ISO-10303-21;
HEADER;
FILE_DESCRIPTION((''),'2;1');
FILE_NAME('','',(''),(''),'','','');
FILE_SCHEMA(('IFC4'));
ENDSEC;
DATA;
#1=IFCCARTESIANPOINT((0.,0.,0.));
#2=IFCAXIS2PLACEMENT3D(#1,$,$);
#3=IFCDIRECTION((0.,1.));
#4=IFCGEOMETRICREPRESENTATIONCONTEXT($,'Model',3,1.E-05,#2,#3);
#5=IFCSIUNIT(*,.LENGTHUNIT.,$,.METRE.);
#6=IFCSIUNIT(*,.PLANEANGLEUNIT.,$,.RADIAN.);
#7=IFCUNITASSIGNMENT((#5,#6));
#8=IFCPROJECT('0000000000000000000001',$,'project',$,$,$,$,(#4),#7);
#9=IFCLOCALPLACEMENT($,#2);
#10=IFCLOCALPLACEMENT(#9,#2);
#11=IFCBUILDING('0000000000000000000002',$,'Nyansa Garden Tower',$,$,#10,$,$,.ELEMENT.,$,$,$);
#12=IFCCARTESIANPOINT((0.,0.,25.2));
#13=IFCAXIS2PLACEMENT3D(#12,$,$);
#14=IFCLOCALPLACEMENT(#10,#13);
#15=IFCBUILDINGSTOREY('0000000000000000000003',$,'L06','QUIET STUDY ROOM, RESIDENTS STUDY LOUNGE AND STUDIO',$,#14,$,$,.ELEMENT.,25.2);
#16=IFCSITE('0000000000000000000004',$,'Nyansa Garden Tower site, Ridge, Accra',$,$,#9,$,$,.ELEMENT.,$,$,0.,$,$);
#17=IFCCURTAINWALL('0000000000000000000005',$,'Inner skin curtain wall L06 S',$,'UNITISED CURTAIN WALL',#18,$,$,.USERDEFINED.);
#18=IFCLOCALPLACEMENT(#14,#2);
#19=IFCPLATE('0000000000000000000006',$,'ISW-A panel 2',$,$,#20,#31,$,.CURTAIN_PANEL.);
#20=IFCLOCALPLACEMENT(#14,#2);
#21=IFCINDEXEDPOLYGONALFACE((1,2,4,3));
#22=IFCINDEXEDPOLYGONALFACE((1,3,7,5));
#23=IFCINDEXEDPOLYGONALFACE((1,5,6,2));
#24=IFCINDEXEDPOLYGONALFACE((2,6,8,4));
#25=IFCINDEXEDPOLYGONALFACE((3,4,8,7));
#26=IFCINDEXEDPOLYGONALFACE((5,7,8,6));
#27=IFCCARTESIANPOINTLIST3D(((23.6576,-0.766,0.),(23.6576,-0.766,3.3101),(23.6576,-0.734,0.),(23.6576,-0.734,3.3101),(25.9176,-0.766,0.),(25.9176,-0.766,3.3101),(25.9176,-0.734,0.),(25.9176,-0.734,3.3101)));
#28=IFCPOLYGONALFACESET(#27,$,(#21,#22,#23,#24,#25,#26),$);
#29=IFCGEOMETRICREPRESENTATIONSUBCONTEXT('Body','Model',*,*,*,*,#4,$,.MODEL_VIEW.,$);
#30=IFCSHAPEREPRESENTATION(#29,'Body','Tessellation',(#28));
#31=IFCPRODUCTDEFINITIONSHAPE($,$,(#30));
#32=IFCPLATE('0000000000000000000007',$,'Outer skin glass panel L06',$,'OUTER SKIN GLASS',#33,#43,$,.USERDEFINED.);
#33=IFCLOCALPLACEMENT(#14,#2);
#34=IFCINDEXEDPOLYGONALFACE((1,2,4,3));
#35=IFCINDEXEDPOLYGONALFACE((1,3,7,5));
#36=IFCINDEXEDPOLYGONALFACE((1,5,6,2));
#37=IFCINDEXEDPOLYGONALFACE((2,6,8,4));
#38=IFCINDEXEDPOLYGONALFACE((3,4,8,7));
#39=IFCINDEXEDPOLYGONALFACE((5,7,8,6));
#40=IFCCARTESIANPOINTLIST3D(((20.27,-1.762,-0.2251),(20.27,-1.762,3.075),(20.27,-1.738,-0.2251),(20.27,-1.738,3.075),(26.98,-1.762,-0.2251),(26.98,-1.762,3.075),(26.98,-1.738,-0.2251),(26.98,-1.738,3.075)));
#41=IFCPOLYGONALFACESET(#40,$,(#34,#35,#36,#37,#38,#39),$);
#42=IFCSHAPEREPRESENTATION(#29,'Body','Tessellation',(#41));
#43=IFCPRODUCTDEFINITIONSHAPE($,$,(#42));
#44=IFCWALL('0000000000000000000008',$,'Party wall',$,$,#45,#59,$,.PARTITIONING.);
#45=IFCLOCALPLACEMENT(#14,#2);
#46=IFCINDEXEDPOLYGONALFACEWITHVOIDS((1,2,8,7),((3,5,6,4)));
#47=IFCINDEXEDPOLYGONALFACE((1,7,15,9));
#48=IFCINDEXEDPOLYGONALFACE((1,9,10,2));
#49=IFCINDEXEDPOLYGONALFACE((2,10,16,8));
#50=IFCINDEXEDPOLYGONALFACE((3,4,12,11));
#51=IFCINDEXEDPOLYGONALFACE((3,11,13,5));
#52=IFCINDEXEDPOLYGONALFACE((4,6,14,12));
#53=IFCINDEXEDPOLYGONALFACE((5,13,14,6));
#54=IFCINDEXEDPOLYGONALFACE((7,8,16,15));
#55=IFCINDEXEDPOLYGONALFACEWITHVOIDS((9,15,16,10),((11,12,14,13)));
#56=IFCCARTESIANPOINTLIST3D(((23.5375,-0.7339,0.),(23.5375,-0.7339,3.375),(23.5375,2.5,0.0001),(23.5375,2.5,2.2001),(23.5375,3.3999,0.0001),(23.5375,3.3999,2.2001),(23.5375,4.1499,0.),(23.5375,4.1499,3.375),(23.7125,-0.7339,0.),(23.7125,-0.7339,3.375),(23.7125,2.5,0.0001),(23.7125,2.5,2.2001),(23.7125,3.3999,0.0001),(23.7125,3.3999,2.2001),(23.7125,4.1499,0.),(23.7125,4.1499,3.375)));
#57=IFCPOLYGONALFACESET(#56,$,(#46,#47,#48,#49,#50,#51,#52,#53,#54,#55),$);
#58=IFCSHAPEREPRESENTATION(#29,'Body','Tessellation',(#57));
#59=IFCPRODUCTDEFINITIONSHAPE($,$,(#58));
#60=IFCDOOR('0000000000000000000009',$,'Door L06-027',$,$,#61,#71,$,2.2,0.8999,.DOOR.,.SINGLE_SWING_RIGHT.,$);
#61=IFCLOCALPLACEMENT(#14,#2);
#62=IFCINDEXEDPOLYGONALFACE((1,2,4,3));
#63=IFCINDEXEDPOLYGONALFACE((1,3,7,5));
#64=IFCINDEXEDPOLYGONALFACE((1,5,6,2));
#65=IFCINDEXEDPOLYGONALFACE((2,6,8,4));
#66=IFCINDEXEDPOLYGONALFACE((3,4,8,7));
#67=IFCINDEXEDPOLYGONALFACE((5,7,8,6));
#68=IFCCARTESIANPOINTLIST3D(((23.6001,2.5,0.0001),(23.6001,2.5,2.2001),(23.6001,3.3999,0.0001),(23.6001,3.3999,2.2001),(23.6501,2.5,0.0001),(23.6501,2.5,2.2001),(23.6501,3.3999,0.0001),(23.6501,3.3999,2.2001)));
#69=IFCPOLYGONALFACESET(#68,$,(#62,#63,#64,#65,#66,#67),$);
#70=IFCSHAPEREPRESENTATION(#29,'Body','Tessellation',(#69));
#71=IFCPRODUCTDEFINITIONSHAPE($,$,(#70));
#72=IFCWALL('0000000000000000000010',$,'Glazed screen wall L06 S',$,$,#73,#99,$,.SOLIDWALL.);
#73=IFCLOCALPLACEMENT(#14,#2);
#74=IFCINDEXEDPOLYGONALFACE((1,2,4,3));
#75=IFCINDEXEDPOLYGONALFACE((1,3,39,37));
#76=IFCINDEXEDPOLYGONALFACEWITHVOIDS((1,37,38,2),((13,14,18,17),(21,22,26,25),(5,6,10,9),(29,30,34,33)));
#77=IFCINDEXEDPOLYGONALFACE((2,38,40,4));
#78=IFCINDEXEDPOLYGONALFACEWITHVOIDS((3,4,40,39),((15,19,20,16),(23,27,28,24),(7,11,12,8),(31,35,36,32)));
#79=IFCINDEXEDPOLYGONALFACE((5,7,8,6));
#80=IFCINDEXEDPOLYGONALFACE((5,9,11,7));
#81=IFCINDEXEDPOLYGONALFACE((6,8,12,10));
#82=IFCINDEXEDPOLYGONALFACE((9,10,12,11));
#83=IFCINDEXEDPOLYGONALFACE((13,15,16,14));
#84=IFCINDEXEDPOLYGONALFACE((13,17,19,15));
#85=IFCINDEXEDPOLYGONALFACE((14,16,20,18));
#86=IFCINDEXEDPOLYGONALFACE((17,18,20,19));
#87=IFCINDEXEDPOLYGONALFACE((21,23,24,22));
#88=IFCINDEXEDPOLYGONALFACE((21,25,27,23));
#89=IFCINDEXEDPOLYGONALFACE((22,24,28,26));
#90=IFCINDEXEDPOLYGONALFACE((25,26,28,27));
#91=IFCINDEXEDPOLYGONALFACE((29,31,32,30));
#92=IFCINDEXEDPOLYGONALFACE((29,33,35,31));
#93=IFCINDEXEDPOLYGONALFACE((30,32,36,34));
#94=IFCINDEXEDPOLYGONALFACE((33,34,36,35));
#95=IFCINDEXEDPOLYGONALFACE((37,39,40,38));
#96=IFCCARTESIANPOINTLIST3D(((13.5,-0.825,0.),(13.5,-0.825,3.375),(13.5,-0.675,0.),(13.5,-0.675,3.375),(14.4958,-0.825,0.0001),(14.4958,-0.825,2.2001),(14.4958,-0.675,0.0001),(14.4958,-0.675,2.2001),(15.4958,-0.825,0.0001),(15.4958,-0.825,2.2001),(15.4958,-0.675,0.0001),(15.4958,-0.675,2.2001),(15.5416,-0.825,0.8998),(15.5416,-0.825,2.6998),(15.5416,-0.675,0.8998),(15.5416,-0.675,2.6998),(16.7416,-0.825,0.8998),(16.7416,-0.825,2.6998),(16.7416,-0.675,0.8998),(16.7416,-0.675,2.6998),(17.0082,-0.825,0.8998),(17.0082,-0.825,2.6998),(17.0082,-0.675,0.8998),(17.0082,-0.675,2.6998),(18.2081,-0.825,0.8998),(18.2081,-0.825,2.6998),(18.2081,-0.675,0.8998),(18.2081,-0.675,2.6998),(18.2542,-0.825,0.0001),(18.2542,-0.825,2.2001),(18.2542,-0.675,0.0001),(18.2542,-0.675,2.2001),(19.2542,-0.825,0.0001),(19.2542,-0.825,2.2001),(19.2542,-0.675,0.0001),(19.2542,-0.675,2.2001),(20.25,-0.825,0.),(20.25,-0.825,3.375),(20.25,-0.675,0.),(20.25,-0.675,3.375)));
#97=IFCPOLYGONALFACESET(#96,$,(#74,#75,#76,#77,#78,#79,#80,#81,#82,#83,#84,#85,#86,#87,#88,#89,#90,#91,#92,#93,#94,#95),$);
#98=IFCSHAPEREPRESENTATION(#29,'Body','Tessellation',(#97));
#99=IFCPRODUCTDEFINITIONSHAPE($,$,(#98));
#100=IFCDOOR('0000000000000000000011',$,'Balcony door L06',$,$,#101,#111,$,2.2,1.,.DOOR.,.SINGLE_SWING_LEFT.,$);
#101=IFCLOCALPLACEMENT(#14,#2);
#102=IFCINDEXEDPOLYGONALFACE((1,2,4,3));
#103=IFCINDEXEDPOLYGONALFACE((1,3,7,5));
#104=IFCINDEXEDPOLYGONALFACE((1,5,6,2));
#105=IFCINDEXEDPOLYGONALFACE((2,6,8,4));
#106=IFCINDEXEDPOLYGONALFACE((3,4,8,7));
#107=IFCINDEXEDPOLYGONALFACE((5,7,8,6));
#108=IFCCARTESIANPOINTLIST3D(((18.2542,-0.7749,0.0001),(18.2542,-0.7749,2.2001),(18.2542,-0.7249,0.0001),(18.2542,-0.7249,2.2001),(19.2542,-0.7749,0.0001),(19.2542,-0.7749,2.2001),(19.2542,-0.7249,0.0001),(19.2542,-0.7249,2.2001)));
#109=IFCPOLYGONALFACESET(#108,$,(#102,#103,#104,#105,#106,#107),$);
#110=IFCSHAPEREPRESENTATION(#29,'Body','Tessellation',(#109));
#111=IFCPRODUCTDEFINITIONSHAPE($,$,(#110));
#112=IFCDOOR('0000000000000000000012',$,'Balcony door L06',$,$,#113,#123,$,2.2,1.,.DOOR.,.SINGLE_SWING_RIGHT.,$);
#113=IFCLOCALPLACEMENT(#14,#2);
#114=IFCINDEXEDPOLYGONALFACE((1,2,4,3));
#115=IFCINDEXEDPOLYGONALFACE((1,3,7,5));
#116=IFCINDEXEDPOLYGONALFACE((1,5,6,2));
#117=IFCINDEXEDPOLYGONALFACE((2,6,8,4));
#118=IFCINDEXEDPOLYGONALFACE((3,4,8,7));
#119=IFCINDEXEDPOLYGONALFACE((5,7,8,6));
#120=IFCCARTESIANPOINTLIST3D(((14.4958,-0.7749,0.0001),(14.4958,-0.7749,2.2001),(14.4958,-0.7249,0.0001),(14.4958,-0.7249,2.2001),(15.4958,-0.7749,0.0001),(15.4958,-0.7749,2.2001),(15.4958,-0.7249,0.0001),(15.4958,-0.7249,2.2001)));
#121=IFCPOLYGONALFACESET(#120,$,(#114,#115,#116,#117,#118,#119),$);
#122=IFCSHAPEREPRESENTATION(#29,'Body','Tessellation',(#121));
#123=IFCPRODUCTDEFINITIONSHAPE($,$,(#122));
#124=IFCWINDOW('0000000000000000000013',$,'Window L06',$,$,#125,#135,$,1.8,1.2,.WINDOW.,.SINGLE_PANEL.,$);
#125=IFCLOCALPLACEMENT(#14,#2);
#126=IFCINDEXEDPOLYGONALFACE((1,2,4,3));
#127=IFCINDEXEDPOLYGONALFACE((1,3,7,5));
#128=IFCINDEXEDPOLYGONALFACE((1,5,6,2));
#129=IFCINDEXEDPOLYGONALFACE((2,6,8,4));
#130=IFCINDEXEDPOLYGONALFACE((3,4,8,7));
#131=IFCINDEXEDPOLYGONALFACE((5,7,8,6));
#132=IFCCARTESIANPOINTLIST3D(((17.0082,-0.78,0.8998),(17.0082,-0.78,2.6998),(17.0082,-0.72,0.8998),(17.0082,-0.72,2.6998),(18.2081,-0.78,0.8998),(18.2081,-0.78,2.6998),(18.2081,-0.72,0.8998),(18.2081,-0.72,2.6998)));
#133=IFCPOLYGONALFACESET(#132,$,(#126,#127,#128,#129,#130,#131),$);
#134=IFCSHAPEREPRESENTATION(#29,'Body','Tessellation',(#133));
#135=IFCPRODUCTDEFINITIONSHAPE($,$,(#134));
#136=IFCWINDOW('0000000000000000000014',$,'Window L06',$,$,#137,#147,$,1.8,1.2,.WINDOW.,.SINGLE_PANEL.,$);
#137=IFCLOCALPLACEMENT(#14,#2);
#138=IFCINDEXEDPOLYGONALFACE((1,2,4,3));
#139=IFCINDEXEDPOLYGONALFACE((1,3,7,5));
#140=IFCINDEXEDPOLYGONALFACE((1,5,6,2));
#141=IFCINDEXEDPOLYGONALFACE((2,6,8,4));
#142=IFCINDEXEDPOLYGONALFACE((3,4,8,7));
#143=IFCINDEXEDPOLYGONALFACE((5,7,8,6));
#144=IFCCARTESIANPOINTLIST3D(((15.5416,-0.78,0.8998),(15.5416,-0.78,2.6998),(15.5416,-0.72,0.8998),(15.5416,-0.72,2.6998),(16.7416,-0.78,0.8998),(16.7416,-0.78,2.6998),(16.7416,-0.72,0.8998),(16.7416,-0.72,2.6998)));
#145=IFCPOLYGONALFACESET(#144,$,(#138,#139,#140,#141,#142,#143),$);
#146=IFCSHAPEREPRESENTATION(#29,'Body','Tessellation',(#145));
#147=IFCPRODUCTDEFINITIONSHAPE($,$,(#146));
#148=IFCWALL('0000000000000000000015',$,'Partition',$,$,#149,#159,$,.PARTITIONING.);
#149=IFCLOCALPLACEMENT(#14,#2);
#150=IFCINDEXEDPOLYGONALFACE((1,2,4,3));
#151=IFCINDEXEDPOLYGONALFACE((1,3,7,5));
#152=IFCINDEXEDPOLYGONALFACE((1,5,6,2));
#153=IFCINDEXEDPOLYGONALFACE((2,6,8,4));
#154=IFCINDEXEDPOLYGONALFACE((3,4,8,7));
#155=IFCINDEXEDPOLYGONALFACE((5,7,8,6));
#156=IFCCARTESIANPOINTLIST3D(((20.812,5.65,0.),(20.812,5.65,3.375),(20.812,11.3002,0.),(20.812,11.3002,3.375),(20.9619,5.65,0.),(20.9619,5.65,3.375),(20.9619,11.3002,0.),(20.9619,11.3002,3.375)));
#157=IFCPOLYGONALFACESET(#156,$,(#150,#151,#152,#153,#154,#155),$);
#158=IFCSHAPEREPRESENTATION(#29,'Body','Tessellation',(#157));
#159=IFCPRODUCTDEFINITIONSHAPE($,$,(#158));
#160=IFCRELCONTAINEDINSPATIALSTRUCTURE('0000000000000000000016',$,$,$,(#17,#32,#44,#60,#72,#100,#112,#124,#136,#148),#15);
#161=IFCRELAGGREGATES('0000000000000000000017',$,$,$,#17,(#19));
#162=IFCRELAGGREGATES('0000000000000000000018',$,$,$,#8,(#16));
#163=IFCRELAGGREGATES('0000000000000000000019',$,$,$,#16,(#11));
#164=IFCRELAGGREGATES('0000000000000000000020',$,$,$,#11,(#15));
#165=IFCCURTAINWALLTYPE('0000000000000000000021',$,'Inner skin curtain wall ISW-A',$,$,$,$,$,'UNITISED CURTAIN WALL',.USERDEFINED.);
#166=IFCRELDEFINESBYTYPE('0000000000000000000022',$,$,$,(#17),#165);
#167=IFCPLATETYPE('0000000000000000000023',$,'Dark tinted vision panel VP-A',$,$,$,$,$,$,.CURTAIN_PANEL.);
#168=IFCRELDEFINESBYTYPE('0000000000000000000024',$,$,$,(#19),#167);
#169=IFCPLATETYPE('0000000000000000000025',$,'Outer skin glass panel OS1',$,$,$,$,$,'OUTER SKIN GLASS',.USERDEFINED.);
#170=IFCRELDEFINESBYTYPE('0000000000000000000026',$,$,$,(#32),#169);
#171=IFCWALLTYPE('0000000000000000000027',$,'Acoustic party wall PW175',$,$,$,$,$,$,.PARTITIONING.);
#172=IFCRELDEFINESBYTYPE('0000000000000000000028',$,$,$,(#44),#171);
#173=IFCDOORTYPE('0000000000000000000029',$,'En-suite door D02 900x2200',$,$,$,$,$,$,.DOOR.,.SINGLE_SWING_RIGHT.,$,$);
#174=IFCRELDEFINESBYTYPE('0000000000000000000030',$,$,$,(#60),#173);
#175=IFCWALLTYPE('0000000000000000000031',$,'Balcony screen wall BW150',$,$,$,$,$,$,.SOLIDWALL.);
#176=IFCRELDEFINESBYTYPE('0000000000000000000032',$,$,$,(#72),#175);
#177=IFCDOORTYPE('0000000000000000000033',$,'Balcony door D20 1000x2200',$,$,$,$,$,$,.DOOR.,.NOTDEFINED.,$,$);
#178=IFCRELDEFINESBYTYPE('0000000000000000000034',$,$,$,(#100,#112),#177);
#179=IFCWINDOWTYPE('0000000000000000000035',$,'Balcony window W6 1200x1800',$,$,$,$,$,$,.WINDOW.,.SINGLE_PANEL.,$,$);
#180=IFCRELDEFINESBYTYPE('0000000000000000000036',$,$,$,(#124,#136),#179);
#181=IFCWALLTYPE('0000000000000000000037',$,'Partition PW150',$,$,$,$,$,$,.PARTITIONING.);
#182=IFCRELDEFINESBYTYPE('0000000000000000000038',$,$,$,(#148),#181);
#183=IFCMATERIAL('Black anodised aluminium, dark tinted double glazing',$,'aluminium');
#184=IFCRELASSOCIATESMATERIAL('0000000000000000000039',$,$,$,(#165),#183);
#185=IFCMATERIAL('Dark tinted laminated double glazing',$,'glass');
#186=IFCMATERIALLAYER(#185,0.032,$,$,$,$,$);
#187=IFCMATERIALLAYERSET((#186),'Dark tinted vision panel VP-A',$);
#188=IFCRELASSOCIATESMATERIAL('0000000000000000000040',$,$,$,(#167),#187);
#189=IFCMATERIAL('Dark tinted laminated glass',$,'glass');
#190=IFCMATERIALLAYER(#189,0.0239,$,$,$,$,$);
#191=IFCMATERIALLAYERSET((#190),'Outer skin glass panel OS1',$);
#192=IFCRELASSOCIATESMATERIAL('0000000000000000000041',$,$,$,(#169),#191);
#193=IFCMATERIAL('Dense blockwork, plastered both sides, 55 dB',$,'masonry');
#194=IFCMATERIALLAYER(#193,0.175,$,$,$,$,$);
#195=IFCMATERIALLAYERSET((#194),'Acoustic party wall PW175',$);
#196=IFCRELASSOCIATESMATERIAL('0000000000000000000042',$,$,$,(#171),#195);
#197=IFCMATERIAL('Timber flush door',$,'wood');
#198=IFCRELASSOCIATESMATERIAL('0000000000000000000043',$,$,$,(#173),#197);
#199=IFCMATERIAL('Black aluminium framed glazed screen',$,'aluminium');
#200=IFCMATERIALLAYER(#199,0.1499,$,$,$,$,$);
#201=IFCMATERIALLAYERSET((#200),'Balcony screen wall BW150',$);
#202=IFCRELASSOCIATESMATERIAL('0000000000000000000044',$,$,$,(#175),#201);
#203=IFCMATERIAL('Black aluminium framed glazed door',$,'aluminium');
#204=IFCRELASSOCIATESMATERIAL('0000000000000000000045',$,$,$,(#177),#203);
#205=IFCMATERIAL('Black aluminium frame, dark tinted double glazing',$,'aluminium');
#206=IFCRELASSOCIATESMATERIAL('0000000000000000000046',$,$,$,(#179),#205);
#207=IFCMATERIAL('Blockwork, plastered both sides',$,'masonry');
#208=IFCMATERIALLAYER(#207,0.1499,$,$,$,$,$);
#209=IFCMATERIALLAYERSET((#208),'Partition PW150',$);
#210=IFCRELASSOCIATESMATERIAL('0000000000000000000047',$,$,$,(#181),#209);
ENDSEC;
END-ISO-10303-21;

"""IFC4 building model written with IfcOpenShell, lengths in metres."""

from ifc_helpers import new_model, si_unit, direction, frame, frame_2d, origin, origin_2d, place, context, subcontext, project, spatial, rectangle, extrude, material, layer, layer_set, type_object, element, fill, aggregate, save


model = new_model("IFC4")

# Units and contexts
model_context = context("Model", 3, precision=1e-05, world=origin(), true_north=direction((0.0, 1.0)))
body_context = subcontext(model_context, "Body", "Model", "MODEL_VIEW")
ifc_project = project(units=[si_unit("LENGTHUNIT", "METRE"), si_unit("PLANEANGLEUNIT", "RADIAN")], contexts=[model_context])

# Site, building, storey
site_placement = place(None, origin())
site = spatial("IfcSite", under=ifc_project, at=site_placement, Name="Nyansa Garden Tower site, Ridge, Accra", CompositionType="ELEMENT", RefElevation=0.0)
building_placement = place(site_placement, origin())
building = spatial("IfcBuilding", under=site, at=building_placement, Name="Nyansa Garden Tower", CompositionType="ELEMENT")
storey_placement = place(building_placement, frame((0.0, 0.0, 25.2)))
storey = spatial("IfcBuildingStorey", under=building, at=storey_placement, Name="L06", Description="QUIET STUDY ROOM, RESIDENTS STUDY LOUNGE AND STUDIO", CompositionType="ELEMENT", Elevation=25.2)

# Curtain wall
ifc_material_1 = material(Name="Black anodised aluminium, dark tinted double glazing", Category="aluminium")
curtain_wall_type = type_object("IfcCurtainWallType", Name="Inner skin curtain wall ISW-A", ElementType="UNITISED CURTAIN WALL", PredefinedType="USERDEFINED", material=ifc_material_1)
curtain_wall_placement = place(storey_placement, origin())
curtain_wall = element("IfcCurtainWall", 1, at=curtain_wall_placement, inside=storey, type_object=curtain_wall_type, Name="Inner skin curtain wall L06 S", ObjectType="UNITISED CURTAIN WALL", PredefinedType="USERDEFINED")

# Plates
ifc_material_2 = material(Name="Dark tinted laminated double glazing", Category="glass")
ifc_layer_1 = layer(ifc_material_2, 0.032)
ifc_layer_set_1 = layer_set([ifc_layer_1], Name="Dark tinted vision panel VP-A")
plate_type_1 = type_object("IfcPlateType", Name="Dark tinted vision panel VP-A", PredefinedType="CURTAIN_PANEL", material=ifc_layer_set_1)
plate_1_placement = place(storey_placement, frame((24.7876, -0.75, 0.0), z_axis=(0.0, 0.0, 1.0), x_axis=(1.0, 0.0, 0.0)))
plate_1 = element("IfcPlate", 2, at=plate_1_placement, type_object=plate_type_1, Name="ISW-A panel 2", PredefinedType="CURTAIN_PANEL", context=body_context, shape_type="SweptSolid", body=[
    extrude(rectangle(XDim=2.26, YDim=0.032, at=origin_2d()), origin(), (0.0, 0.0, 1.0), 3.3101),
])
aggregate(curtain_wall, [plate_1])
ifc_material_3 = material(Name="Dark tinted laminated glass", Category="glass")
ifc_layer_2 = layer(ifc_material_3, 0.0239)
ifc_layer_set_2 = layer_set([ifc_layer_2], Name="Outer skin glass panel OS1")
plate_type_2 = type_object("IfcPlateType", Name="Outer skin glass panel OS1", ElementType="OUTER SKIN GLASS", PredefinedType="USERDEFINED", material=ifc_layer_set_2)
plate_2_placement = place(storey_placement, frame((23.625, -1.75, -0.2251), z_axis=(0.0, 0.0, 1.0), x_axis=(1.0, 0.0, 0.0)))
element("IfcPlate", 3, at=plate_2_placement, inside=storey, type_object=plate_type_2, Name="Outer skin glass panel L06", ObjectType="OUTER SKIN GLASS", PredefinedType="USERDEFINED", context=body_context, shape_type="SweptSolid", body=[
    extrude(rectangle(XDim=6.71, YDim=0.0239, at=origin_2d()), origin(), (0.0, 0.0, 1.0), 3.3),
])

# Wall, opening, door
ifc_material_4 = material(Name="Dense blockwork, plastered both sides, 55 dB", Category="masonry")
ifc_layer_3 = layer(ifc_material_4, 0.175)
ifc_layer_set_3 = layer_set([ifc_layer_3], Name="Acoustic party wall PW175")
wall_type_1 = type_object("IfcWallType", Name="Acoustic party wall PW175", PredefinedType="PARTITIONING", material=ifc_layer_set_3)
wall_1_placement = place(storey_placement, frame((23.625, -0.7339, 0.0), z_axis=(0.0, 0.0, 1.0), x_axis=(0.0, 1.0, 0.0)))
wall_1 = element("IfcWall", 4, at=wall_1_placement, inside=storey, type_object=wall_type_1, Name="Party wall", PredefinedType="PARTITIONING", context=body_context, shape_type="SweptSolid", body=[
    extrude(rectangle(XDim=4.8838, YDim=0.175, at=frame_2d((2.4419, 0.0))), origin(), (0.0, 0.0, 1.0), 3.375),
])
opening_1_placement = place(wall_1_placement, frame((3.2339, 0.0, 0.0)))
opening_1 = element("IfcOpeningElement", 5, at=opening_1_placement, cuts=wall_1, PredefinedType="OPENING", context=body_context, shape_type="SweptSolid", body=[
    extrude(rectangle(XDim=0.8999, YDim=2.2, at=frame_2d((0.45, 1.1001))), frame((0.0, 0.0974, 0.0), z_axis=(0.0, -1.0, 0.0), x_axis=(1.0, 0.0, 0.0)), (0.0, 0.0, 1.0), 0.1951),
])
ifc_material_5 = material(Name="Timber flush door", Category="wood")
door_type_1 = type_object("IfcDoorType", Name="En-suite door D02 900x2200", OperationType="SINGLE_SWING_RIGHT", PredefinedType="DOOR", material=ifc_material_5)
door_1_placement = place(opening_1_placement, origin())
door_1 = element("IfcDoor", 6, at=door_1_placement, inside=storey, type_object=door_type_1, Name="Door L06-027", OperationType="SINGLE_SWING_RIGHT", OverallHeight=2.2, OverallWidth=0.8999, PredefinedType="DOOR", context=body_context, shape_type="SweptSolid", body=[
    extrude(rectangle(XDim=0.8999, YDim=2.2, at=frame_2d((0.45, 1.1001))), frame((0.0, 0.0249, 0.0), z_axis=(0.0, -1.0, 0.0), x_axis=(1.0, 0.0, 0.0)), (0.0, 0.0, 1.0), 0.05),
])
fill(opening_1, door_1)

# Wall, openings, doors, windows
ifc_material_6 = material(Name="Black aluminium framed glazed screen", Category="aluminium")
ifc_layer_4 = layer(ifc_material_6, 0.1499)
ifc_layer_set_4 = layer_set([ifc_layer_4], Name="Balcony screen wall BW150")
wall_type_2 = type_object("IfcWallType", Name="Balcony screen wall BW150", PredefinedType="SOLIDWALL", material=ifc_layer_set_4)
wall_2_placement = place(storey_placement, frame((20.25, -0.75, 0.0), z_axis=(0.0, 0.0, 1.0), x_axis=(-1.0, 0.0, 0.0)))
wall_2 = element("IfcWall", 7, at=wall_2_placement, inside=storey, type_object=wall_type_2, Name="Glazed screen wall L06 S", PredefinedType="SOLIDWALL", context=body_context, shape_type="SweptSolid", body=[
    extrude(rectangle(XDim=6.75, YDim=0.1499, at=frame_2d((3.375, 0.0))), origin(), (0.0, 0.0, 1.0), 3.375),
])
opening_2_placement = place(wall_2_placement, frame((0.9958, 0.0, 0.0)))
opening_2 = element("IfcOpeningElement", 8, at=opening_2_placement, cuts=wall_2, PredefinedType="OPENING", context=body_context, shape_type="SweptSolid", body=[
    extrude(rectangle(XDim=1.0, YDim=2.2, at=frame_2d((0.5, 1.1001))), frame((0.0, 0.085, 0.0), z_axis=(0.0, -1.0, 0.0), x_axis=(1.0, 0.0, 0.0)), (0.0, 0.0, 1.0), 0.1699),
])
opening_3_placement = place(wall_2_placement, frame((2.0417, 0.0, 0.8999)))
opening_3 = element("IfcOpeningElement", 9, at=opening_3_placement, cuts=wall_2, PredefinedType="OPENING", context=body_context, shape_type="SweptSolid", body=[
    extrude(rectangle(XDim=1.2, YDim=1.8, at=frame_2d((0.6001, 0.8999))), frame((0.0, 0.085, 0.0), z_axis=(0.0, -1.0, 0.0), x_axis=(1.0, 0.0, 0.0)), (0.0, 0.0, 1.0), 0.1699),
])
opening_4_placement = place(wall_2_placement, frame((4.7542, 0.0, 0.0)))
opening_4 = element("IfcOpeningElement", 10, at=opening_4_placement, cuts=wall_2, PredefinedType="OPENING", context=body_context, shape_type="SweptSolid", body=[
    extrude(rectangle(XDim=1.0, YDim=2.2, at=frame_2d((0.5, 1.1001))), frame((0.0, 0.085, 0.0), z_axis=(0.0, -1.0, 0.0), x_axis=(1.0, 0.0, 0.0)), (0.0, 0.0, 1.0), 0.1699),
])
opening_5_placement = place(wall_2_placement, frame((3.5083, 0.0, 0.8999)))
opening_5 = element("IfcOpeningElement", 11, at=opening_5_placement, cuts=wall_2, PredefinedType="OPENING", context=body_context, shape_type="SweptSolid", body=[
    extrude(rectangle(XDim=1.2, YDim=1.8, at=frame_2d((0.6001, 0.8999))), frame((0.0, 0.085, 0.0), z_axis=(0.0, -1.0, 0.0), x_axis=(1.0, 0.0, 0.0)), (0.0, 0.0, 1.0), 0.1699),
])
ifc_material_7 = material(Name="Black aluminium framed glazed door", Category="aluminium")
door_type_2 = type_object("IfcDoorType", Name="Balcony door D20 1000x2200", OperationType="NOTDEFINED", PredefinedType="DOOR", material=ifc_material_7)
door_2_placement = place(opening_2_placement, origin())
door_2 = element("IfcDoor", 12, at=door_2_placement, inside=storey, type_object=door_type_2, Name="Balcony door L06", OperationType="SINGLE_SWING_LEFT", OverallHeight=2.2, OverallWidth=1.0, PredefinedType="DOOR", context=body_context, shape_type="SweptSolid", body=[
    extrude(rectangle(XDim=1.0, YDim=2.2, at=frame_2d((0.5, 1.1001))), frame((0.0, 0.0249, 0.0), z_axis=(0.0, -1.0, 0.0), x_axis=(1.0, 0.0, 0.0)), (0.0, 0.0, 1.0), 0.05),
])
fill(opening_2, door_2)
door_3_placement = place(opening_4_placement, origin())
door_3 = element("IfcDoor", 13, at=door_3_placement, inside=storey, type_object=door_type_2, Name="Balcony door L06", OperationType="SINGLE_SWING_RIGHT", OverallHeight=2.2, OverallWidth=1.0, PredefinedType="DOOR", context=body_context, shape_type="SweptSolid", body=[
    extrude(rectangle(XDim=1.0, YDim=2.2, at=frame_2d((0.5, 1.1001))), frame((0.0, 0.0249, 0.0), z_axis=(0.0, -1.0, 0.0), x_axis=(1.0, 0.0, 0.0)), (0.0, 0.0, 1.0), 0.05),
])
fill(opening_4, door_3)
ifc_material_8 = material(Name="Black aluminium frame, dark tinted double glazing", Category="aluminium")
window_type = type_object("IfcWindowType", Name="Balcony window W6 1200x1800", PartitioningType="SINGLE_PANEL", PredefinedType="WINDOW", material=ifc_material_8)
window_1_placement = place(opening_3_placement, origin())
window_1 = element("IfcWindow", 14, at=window_1_placement, inside=storey, type_object=window_type, Name="Window L06", OverallHeight=1.8, OverallWidth=1.2, PartitioningType="SINGLE_PANEL", PredefinedType="WINDOW", context=body_context, shape_type="SweptSolid", body=[
    extrude(rectangle(XDim=1.2, YDim=1.8, at=frame_2d((0.6001, 0.8999))), frame((0.0, 0.03, 0.0), z_axis=(0.0, -1.0, 0.0), x_axis=(1.0, 0.0, 0.0)), (0.0, 0.0, 1.0), 0.0601),
])
fill(opening_3, window_1)
window_2_placement = place(opening_5_placement, origin())
window_2 = element("IfcWindow", 15, at=window_2_placement, inside=storey, type_object=window_type, Name="Window L06", OverallHeight=1.8, OverallWidth=1.2, PartitioningType="SINGLE_PANEL", PredefinedType="WINDOW", context=body_context, shape_type="SweptSolid", body=[
    extrude(rectangle(XDim=1.2, YDim=1.8, at=frame_2d((0.6001, 0.8999))), frame((0.0, 0.03, 0.0), z_axis=(0.0, -1.0, 0.0), x_axis=(1.0, 0.0, 0.0)), (0.0, 0.0, 1.0), 0.0601),
])
fill(opening_5, window_2)

# Wall
ifc_material_9 = material(Name="Blockwork, plastered both sides", Category="masonry")
ifc_layer_5 = layer(ifc_material_9, 0.1499)
ifc_layer_set_5 = layer_set([ifc_layer_5], Name="Partition PW150")
wall_type_3 = type_object("IfcWallType", Name="Partition PW150", PredefinedType="PARTITIONING", material=ifc_layer_set_5)
wall_3_placement = place(storey_placement, frame((20.887, 5.6499, 0.0), z_axis=(0.0, 0.0, 1.0), x_axis=(0.0, 1.0, 0.0)))
element("IfcWall", 16, at=wall_3_placement, inside=storey, type_object=wall_type_3, Name="Partition", PredefinedType="PARTITIONING", context=body_context, shape_type="SweptSolid", body=[
    extrude(rectangle(XDim=5.6501, YDim=0.1499, at=frame_2d((2.8252, 0.0))), origin(), (0.0, 0.0, 1.0), 3.375),
])

save(model, "model.ifc")
